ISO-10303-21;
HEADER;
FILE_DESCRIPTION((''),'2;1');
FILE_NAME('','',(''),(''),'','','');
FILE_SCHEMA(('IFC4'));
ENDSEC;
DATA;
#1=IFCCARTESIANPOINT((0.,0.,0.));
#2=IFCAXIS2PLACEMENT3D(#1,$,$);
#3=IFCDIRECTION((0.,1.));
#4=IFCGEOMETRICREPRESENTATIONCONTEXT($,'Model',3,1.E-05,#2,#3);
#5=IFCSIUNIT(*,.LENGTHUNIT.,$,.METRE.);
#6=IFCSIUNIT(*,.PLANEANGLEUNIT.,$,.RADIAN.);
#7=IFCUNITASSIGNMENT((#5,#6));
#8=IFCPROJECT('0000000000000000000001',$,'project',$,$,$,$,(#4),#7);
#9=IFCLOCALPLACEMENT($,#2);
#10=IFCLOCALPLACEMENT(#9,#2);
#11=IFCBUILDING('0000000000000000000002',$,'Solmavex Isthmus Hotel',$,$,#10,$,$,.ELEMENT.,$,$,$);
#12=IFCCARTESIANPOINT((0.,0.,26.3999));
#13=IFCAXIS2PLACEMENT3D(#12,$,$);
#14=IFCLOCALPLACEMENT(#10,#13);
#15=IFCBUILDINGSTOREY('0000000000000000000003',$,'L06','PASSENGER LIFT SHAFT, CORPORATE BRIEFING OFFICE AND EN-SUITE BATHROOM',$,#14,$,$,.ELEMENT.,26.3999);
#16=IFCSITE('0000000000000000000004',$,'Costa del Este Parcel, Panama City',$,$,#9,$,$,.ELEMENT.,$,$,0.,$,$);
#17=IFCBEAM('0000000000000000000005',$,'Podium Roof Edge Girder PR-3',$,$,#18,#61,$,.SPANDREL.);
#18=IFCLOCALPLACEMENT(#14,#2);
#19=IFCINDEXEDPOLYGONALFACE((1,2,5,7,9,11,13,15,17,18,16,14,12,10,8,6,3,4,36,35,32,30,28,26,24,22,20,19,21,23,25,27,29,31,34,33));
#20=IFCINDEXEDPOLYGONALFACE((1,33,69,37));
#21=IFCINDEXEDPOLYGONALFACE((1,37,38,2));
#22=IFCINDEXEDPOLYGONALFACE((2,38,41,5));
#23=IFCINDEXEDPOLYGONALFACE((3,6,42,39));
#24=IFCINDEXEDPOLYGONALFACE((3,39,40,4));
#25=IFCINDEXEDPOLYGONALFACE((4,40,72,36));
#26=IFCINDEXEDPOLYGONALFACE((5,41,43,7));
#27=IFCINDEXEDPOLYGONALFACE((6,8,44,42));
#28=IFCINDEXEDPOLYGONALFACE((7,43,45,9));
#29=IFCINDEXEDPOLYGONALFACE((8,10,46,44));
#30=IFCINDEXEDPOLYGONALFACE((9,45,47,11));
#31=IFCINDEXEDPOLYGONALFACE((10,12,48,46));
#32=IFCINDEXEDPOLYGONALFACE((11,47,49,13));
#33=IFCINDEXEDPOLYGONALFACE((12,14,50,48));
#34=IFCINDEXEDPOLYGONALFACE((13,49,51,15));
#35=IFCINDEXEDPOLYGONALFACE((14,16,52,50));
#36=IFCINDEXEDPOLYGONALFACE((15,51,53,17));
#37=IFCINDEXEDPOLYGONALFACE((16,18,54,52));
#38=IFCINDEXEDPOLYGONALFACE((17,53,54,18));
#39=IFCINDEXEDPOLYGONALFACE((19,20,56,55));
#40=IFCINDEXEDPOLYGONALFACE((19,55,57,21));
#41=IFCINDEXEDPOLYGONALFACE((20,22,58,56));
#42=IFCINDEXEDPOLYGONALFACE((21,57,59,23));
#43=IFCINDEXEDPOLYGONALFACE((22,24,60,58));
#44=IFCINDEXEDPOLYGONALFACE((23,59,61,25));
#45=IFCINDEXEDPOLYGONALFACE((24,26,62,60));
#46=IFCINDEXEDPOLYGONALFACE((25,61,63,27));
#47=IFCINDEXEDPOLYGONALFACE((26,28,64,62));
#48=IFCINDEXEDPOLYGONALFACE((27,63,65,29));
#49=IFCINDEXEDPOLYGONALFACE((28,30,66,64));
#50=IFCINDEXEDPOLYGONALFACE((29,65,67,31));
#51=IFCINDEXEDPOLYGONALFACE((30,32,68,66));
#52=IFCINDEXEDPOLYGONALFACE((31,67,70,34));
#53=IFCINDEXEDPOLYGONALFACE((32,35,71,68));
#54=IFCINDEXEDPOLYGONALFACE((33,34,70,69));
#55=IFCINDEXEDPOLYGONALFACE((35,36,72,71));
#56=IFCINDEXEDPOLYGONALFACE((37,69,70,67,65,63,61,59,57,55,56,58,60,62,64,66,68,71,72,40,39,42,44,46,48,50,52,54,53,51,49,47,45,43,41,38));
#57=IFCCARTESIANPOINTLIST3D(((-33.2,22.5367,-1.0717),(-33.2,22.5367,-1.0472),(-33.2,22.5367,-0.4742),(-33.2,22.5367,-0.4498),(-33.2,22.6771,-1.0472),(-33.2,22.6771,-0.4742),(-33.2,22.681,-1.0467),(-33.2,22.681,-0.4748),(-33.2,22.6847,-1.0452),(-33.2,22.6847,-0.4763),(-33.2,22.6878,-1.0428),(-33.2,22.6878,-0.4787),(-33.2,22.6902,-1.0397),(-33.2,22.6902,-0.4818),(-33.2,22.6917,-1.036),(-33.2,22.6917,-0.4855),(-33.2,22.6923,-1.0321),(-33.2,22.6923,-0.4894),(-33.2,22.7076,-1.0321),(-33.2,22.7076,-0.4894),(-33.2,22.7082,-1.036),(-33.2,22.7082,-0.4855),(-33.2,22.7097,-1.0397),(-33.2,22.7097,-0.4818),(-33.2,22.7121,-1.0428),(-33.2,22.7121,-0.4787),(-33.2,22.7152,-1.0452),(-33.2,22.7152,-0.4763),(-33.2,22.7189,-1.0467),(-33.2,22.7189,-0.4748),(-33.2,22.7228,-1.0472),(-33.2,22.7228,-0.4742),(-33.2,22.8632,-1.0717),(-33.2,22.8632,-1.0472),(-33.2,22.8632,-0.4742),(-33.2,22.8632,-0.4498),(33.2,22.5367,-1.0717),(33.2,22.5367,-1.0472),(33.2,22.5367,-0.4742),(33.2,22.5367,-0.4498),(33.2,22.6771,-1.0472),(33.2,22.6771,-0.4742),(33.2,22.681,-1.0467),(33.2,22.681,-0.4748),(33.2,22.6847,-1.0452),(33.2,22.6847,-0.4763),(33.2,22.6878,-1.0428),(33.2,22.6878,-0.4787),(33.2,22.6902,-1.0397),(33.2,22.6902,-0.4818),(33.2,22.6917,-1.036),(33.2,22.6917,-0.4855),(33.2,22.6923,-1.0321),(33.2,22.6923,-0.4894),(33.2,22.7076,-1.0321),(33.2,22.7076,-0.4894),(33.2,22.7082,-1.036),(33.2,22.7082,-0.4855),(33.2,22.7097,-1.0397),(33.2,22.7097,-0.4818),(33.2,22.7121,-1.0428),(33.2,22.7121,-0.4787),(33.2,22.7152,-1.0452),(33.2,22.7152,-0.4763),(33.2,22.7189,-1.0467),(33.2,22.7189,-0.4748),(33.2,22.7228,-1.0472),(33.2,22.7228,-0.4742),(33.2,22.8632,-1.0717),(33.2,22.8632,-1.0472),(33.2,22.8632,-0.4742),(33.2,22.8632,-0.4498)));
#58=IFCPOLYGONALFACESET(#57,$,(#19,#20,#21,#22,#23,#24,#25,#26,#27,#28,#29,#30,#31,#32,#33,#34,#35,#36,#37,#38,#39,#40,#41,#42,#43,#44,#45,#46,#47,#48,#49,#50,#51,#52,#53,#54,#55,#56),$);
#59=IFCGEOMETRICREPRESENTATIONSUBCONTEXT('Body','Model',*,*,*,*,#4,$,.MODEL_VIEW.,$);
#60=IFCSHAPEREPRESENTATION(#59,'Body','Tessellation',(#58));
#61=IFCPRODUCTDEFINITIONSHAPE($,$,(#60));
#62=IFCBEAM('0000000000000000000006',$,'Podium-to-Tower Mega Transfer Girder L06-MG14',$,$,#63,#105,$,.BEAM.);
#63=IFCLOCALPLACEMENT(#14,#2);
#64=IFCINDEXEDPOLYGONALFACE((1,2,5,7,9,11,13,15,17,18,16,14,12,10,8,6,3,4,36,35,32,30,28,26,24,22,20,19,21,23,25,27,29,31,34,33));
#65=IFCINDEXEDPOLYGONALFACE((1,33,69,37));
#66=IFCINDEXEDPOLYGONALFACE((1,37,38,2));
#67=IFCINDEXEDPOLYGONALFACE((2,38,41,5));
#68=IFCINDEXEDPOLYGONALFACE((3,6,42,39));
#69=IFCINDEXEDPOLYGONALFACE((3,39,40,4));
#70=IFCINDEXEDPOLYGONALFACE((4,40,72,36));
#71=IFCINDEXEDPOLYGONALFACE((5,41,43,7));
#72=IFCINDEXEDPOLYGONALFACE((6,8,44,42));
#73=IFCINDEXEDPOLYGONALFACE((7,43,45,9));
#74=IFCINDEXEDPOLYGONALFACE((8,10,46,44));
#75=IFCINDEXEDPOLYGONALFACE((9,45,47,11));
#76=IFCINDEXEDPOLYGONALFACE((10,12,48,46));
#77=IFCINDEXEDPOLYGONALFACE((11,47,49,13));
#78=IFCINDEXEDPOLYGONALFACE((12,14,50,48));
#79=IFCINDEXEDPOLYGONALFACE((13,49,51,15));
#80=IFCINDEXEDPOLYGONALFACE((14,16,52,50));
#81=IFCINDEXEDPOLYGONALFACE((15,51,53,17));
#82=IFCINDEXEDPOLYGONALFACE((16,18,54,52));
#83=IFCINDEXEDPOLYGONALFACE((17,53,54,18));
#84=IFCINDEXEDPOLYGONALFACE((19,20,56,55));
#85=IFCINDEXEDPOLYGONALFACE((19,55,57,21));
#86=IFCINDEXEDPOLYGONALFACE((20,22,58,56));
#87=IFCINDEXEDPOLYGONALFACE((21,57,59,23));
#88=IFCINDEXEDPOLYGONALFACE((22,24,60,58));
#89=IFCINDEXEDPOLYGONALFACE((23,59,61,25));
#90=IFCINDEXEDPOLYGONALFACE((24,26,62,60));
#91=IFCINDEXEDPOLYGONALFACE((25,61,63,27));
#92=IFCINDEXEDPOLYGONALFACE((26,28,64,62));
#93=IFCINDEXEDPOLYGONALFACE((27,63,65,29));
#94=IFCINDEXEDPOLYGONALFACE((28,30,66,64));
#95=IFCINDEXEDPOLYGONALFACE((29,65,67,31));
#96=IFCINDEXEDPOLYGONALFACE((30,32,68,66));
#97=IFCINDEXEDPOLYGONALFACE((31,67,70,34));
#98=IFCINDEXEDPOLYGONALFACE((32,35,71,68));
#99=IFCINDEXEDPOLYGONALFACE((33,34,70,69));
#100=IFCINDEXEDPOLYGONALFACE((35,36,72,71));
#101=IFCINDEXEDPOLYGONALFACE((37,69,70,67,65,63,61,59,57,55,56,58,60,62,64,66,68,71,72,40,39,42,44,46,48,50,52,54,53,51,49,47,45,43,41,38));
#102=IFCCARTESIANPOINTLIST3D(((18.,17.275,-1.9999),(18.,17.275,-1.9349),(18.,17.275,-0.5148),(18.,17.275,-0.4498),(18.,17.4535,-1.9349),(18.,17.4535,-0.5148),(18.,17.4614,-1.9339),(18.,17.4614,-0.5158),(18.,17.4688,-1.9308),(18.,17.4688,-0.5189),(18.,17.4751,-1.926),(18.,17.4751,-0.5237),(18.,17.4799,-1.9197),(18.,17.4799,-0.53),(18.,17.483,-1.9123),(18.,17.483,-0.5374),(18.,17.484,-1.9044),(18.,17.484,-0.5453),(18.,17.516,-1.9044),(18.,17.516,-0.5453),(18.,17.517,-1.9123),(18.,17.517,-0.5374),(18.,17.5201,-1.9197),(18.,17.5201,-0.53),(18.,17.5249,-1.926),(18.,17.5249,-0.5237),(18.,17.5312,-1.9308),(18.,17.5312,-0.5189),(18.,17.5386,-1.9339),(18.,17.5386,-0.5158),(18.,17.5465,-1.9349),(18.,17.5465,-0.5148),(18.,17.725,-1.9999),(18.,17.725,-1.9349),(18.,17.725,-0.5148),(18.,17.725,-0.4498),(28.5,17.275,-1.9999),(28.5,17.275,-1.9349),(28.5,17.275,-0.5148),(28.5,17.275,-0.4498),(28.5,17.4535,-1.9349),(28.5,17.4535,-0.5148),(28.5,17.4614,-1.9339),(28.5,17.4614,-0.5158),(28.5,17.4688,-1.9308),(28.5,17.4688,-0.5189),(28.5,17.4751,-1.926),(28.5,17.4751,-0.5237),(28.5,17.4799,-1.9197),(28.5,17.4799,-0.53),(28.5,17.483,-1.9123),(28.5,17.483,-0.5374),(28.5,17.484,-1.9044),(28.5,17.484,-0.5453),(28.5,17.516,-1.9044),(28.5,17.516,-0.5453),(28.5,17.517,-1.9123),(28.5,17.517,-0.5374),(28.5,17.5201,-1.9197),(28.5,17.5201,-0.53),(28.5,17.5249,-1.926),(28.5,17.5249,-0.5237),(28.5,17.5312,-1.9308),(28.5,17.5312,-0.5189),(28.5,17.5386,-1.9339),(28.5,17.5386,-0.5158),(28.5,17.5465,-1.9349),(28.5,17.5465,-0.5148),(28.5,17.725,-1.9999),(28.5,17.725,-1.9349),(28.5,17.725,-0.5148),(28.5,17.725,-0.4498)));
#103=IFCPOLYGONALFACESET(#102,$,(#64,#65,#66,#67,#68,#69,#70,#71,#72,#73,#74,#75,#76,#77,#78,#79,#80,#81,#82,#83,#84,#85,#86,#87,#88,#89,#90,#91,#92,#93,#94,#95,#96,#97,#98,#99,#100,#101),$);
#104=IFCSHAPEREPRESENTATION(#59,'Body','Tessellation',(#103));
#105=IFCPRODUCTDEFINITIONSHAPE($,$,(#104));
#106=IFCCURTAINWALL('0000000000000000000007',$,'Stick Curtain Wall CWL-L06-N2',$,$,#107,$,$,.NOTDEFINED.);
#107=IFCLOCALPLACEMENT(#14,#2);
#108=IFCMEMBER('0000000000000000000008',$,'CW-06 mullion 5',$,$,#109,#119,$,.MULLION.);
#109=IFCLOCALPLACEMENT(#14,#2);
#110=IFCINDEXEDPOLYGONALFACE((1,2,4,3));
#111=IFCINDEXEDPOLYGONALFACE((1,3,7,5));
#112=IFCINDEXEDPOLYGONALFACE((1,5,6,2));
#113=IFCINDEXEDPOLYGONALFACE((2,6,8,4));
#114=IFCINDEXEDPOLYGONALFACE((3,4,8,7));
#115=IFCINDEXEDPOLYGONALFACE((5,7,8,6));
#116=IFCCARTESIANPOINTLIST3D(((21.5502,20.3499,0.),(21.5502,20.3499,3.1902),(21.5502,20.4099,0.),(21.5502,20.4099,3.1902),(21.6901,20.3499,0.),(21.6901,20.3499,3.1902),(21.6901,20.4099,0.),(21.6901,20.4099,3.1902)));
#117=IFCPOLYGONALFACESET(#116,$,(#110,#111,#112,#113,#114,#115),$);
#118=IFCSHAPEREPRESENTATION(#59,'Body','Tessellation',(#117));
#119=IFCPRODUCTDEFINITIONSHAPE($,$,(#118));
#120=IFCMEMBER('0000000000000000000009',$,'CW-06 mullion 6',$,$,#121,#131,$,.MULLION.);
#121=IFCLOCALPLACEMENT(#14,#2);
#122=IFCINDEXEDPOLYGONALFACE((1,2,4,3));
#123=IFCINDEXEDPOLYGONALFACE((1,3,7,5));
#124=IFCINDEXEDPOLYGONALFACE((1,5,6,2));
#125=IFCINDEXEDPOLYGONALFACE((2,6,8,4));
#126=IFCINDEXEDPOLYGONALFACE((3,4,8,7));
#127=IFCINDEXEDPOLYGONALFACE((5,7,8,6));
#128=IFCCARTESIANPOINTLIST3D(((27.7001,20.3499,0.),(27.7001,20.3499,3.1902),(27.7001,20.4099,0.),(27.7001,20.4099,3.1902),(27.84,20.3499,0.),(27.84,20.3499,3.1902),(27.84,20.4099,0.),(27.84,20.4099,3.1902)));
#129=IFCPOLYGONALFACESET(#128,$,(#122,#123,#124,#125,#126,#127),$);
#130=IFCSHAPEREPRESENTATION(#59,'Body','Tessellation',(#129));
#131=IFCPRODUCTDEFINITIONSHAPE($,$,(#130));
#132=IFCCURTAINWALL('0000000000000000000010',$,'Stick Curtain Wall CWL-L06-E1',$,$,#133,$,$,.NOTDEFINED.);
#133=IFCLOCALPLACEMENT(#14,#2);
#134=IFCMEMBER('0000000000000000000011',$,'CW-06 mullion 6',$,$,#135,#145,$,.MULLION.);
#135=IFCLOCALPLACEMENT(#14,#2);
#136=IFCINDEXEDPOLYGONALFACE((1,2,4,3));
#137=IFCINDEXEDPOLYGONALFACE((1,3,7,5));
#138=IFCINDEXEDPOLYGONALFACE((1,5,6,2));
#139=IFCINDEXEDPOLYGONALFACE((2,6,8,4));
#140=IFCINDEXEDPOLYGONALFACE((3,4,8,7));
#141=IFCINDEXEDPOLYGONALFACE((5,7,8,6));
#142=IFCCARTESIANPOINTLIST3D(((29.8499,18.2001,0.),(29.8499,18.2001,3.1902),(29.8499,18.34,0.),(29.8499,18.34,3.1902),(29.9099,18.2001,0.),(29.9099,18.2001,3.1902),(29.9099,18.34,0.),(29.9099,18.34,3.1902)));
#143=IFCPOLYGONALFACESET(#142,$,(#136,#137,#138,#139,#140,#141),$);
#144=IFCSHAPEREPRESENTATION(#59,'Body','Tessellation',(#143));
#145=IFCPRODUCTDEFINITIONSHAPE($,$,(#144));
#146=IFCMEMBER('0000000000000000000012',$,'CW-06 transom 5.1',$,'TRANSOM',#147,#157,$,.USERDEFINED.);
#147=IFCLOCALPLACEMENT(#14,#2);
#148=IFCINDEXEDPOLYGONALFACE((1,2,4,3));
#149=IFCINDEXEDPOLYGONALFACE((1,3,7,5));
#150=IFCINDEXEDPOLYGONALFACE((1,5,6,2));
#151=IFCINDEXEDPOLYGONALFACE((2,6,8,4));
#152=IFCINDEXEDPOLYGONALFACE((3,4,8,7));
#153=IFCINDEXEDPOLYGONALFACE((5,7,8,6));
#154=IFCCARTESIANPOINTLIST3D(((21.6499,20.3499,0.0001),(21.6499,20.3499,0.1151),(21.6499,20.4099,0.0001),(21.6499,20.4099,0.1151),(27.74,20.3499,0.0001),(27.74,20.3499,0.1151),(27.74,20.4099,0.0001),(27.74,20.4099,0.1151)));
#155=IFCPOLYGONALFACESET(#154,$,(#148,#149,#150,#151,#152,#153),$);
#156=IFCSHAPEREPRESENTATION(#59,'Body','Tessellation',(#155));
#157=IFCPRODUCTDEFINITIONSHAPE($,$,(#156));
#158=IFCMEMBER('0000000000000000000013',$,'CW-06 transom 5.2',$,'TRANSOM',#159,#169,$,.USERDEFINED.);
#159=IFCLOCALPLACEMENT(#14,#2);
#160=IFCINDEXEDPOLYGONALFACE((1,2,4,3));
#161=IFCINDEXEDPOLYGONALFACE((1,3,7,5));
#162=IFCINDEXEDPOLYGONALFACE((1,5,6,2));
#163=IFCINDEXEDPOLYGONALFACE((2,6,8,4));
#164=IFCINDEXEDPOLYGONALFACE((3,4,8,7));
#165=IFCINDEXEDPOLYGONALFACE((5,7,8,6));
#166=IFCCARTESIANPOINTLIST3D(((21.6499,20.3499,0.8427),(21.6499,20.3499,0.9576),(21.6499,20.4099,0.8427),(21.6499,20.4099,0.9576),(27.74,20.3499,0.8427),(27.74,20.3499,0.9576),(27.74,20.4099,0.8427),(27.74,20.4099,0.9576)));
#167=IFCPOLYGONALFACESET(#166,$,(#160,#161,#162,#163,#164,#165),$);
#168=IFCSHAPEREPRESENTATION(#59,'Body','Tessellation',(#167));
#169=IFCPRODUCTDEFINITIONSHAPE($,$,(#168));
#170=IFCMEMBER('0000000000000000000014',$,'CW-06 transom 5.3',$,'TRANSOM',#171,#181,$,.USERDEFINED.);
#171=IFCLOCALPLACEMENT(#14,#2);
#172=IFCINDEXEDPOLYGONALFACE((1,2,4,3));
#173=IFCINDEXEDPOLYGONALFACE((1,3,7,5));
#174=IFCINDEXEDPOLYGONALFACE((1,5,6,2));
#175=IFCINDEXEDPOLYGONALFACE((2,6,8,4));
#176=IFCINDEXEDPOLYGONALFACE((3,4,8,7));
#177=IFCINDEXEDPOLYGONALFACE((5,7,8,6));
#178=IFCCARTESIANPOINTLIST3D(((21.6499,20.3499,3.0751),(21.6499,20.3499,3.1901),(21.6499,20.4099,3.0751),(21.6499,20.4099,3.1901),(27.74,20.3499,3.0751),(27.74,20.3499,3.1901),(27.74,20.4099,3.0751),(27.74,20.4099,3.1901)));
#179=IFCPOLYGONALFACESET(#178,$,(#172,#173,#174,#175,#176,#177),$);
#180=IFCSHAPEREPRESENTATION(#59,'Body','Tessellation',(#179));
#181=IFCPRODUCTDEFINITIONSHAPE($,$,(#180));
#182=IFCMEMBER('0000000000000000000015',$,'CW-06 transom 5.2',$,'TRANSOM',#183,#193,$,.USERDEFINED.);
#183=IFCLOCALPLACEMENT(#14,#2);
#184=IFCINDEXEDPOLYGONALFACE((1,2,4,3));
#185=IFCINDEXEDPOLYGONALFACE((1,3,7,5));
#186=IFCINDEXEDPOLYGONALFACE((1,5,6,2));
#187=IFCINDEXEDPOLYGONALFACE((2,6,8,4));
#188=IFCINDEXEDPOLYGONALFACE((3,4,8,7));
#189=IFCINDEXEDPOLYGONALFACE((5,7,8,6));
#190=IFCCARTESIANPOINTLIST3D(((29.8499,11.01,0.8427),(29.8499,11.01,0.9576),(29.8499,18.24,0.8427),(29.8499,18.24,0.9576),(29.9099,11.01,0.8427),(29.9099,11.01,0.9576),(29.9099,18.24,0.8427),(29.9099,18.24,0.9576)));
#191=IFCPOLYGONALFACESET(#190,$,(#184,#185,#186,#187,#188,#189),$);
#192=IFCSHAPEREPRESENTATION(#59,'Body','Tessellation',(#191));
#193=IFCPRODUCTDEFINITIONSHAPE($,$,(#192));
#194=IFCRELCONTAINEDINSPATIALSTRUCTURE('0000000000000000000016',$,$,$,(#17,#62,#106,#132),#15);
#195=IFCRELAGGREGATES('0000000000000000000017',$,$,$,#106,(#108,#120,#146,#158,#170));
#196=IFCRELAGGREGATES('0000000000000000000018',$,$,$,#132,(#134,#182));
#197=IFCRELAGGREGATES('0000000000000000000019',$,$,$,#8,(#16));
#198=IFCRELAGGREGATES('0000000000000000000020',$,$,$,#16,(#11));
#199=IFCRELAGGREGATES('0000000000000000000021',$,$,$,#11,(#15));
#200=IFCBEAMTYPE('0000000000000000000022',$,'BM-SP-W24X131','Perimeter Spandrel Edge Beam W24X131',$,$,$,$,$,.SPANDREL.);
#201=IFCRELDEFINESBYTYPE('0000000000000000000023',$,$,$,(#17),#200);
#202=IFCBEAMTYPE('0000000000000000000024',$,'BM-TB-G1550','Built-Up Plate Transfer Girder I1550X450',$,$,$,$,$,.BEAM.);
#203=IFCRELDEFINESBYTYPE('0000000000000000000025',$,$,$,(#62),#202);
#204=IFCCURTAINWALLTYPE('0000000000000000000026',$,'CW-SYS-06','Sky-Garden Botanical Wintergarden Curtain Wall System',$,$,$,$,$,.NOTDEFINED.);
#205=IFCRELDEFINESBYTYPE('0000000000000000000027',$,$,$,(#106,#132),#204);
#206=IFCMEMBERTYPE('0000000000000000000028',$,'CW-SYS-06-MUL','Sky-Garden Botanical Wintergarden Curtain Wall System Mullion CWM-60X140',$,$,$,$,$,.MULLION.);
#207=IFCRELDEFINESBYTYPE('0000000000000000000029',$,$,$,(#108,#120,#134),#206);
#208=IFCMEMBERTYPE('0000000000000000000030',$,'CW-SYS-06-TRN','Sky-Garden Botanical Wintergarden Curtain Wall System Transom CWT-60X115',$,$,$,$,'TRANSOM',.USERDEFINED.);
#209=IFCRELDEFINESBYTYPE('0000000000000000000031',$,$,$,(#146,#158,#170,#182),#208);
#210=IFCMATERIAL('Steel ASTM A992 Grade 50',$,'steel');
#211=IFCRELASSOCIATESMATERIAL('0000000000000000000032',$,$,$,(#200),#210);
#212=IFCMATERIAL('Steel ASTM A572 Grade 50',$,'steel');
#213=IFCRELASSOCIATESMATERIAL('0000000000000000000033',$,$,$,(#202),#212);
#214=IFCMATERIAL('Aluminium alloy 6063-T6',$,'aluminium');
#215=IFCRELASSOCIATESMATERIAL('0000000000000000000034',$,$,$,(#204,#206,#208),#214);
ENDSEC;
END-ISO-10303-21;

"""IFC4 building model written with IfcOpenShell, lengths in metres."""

from ifc_helpers import new_model, si_unit, direction, frame, origin, origin_2d, place, context, subcontext, project, spatial, rectangle, i_section, extrude, material, material_profile, profile_set, type_object, element, aggregate, save


model = new_model("IFC4")

# Units and contexts
model_context = context("Model", 3, precision=1e-05, world=origin(), true_north=direction((0.0, 1.0)))
body_context = subcontext(model_context, "Body", "Model", "MODEL_VIEW")
ifc_project = project(units=[si_unit("LENGTHUNIT", "METRE"), si_unit("PLANEANGLEUNIT", "RADIAN")], contexts=[model_context])

# Site, building, storey
site_placement = place(None, origin())
site = spatial("IfcSite", under=ifc_project, at=site_placement, Name="Costa del Este Parcel, Panama City", CompositionType="ELEMENT", RefElevation=0.0)
building_placement = place(site_placement, origin())
building = spatial("IfcBuilding", under=site, at=building_placement, Name="Solmavex Isthmus Hotel", CompositionType="ELEMENT")
storey_placement = place(building_placement, frame((0.0, 0.0, 26.3999)))
storey = spatial("IfcBuildingStorey", under=building, at=storey_placement, Name="L06", Description="PASSENGER LIFT SHAFT, CORPORATE BRIEFING OFFICE AND EN-SUITE BATHROOM", CompositionType="ELEMENT", Elevation=26.3999)

# Beams
ifc_material_1 = material(Name="Steel ASTM A992 Grade 50", Category="steel")
ifc_material_profile_1 = material_profile(ifc_material_1, i_section(OverallWidth=0.3264, OverallDepth=0.6218, WebThickness=0.0154, FlangeThickness=0.0244, FilletRadius=0.0151, at=origin_2d()), Name="W24X131")
ifc_profile_set_1 = profile_set([ifc_material_profile_1], Name="Steel ASTM A992 Grade 50")
beam_type_1 = type_object("IfcBeamType", Name="BM-SP-W24X131", Description="Perimeter Spandrel Edge Beam W24X131", PredefinedType="SPANDREL", material=ifc_profile_set_1)
beam_1_placement = place(storey_placement, frame((33.2, 22.7, -0.7607), z_axis=(-1.0, 0.0, 0.0), x_axis=(0.0, -1.0, 0.0)))
element("IfcBeam", 1, at=beam_1_placement, inside=storey, type_object=beam_type_1, Name="Podium Roof Edge Girder PR-3", PredefinedType="SPANDREL", context=body_context, shape_type="SweptSolid", body=[
    extrude(i_section(OverallWidth=0.3264, OverallDepth=0.6218, WebThickness=0.0154, FlangeThickness=0.0244, FilletRadius=0.0151, at=origin_2d()), origin(), (0.0, 0.0, 1.0), 66.3999),
])
ifc_material_2 = material(Name="Steel ASTM A572 Grade 50", Category="steel")
ifc_material_profile_2 = material_profile(ifc_material_2, i_section(OverallWidth=0.45, OverallDepth=1.55, WebThickness=0.032, FlangeThickness=0.0649, FilletRadius=0.0305, at=origin_2d()), Name="I1550X450")
ifc_profile_set_2 = profile_set([ifc_material_profile_2], Name="Steel ASTM A572 Grade 50")
beam_type_2 = type_object("IfcBeamType", Name="BM-TB-G1550", Description="Built-Up Plate Transfer Girder I1550X450", PredefinedType="BEAM", material=ifc_profile_set_2)
beam_2_placement = place(storey_placement, frame((18.0, 17.5, -1.2249), z_axis=(1.0, 0.0, 0.0), x_axis=(0.0, 1.0, 0.0)))
element("IfcBeam", 2, at=beam_2_placement, inside=storey, type_object=beam_type_2, Name="Podium-to-Tower Mega Transfer Girder L06-MG14", PredefinedType="BEAM", context=body_context, shape_type="SweptSolid", body=[
    extrude(i_section(OverallWidth=0.45, OverallDepth=1.55, WebThickness=0.032, FlangeThickness=0.0649, FilletRadius=0.0305, at=origin_2d()), origin(), (0.0, 0.0, 1.0), 10.5),
])

# Curtain wall, members
ifc_material_3 = material(Name="Aluminium alloy 6063-T6", Category="aluminium")
curtain_wall_type = type_object("IfcCurtainWallType", Name="CW-SYS-06", Description="Sky-Garden Botanical Wintergarden Curtain Wall System", PredefinedType="NOTDEFINED", material=ifc_material_3)
curtain_wall_1_placement = place(storey_placement, origin())
curtain_wall_1 = element("IfcCurtainWall", 3, at=curtain_wall_1_placement, inside=storey, type_object=curtain_wall_type, Name="Stick Curtain Wall CWL-L06-N2", PredefinedType="NOTDEFINED")
ifc_material_profile_3 = material_profile(ifc_material_3, rectangle(XDim=0.0601, YDim=0.1399, at=origin_2d()), Name="CWM-60X140")
ifc_profile_set_3 = profile_set([ifc_material_profile_3], Name="Aluminium alloy 6063-T6")
member_type_1 = type_object("IfcMemberType", Name="CW-SYS-06-MUL", Description="Sky-Garden Botanical Wintergarden Curtain Wall System Mullion CWM-60X140", PredefinedType="MULLION", material=ifc_profile_set_3)
member_1_placement = place(storey_placement, frame((21.6201, 20.3799, 0.0), z_axis=(0.0, 0.0, 1.0), x_axis=(0.0, 1.0, 0.0)))
member_1 = element("IfcMember", 4, at=member_1_placement, type_object=member_type_1, Name="CW-06 mullion 5", PredefinedType="MULLION", context=body_context, shape_type="SweptSolid", body=[
    extrude(rectangle(XDim=0.0601, YDim=0.1399, at=origin_2d()), origin(), (0.0, 0.0, 1.0), 3.1902),
])
member_2_placement = place(storey_placement, frame((27.77, 20.3799, 0.0), z_axis=(0.0, 0.0, 1.0), x_axis=(0.0, 1.0, 0.0)))
member_2 = element("IfcMember", 5, at=member_2_placement, type_object=member_type_1, Name="CW-06 mullion 6", PredefinedType="MULLION", context=body_context, shape_type="SweptSolid", body=[
    extrude(rectangle(XDim=0.0601, YDim=0.1399, at=origin_2d()), origin(), (0.0, 0.0, 1.0), 3.1902),
])

# Curtain wall, member
curtain_wall_2_placement = place(storey_placement, origin())
curtain_wall_2 = element("IfcCurtainWall", 6, at=curtain_wall_2_placement, inside=storey, type_object=curtain_wall_type, Name="Stick Curtain Wall CWL-L06-E1", PredefinedType="NOTDEFINED")
member_3_placement = place(storey_placement, frame((29.8799, 18.27, 0.0), z_axis=(0.0, 0.0, 1.0), x_axis=(-1.0, 0.0, 0.0)))
member_3 = element("IfcMember", 7, at=member_3_placement, type_object=member_type_1, Name="CW-06 mullion 6", PredefinedType="MULLION", context=body_context, shape_type="SweptSolid", body=[
    extrude(rectangle(XDim=0.0601, YDim=0.1399, at=origin_2d()), origin(), (0.0, 0.0, 1.0), 3.1902),
])

# Members
ifc_material_profile_4 = material_profile(ifc_material_3, rectangle(XDim=0.0601, YDim=0.115, at=origin_2d()), Name="CWT-60X115")
ifc_profile_set_4 = profile_set([ifc_material_profile_4], Name="Aluminium alloy 6063-T6")
member_type_2 = type_object("IfcMemberType", Name="CW-SYS-06-TRN", Description="Sky-Garden Botanical Wintergarden Curtain Wall System Transom CWT-60X115", ElementType="TRANSOM", PredefinedType="USERDEFINED", material=ifc_profile_set_4)
member_4_placement = place(storey_placement, frame((21.6499, 20.3799, 0.0576), z_axis=(1.0, 0.0, 0.0), x_axis=(0.0, 1.0, 0.0)))
member_4 = element("IfcMember", 8, at=member_4_placement, type_object=member_type_2, Name="CW-06 transom 5.1", ObjectType="TRANSOM", PredefinedType="USERDEFINED", context=body_context, shape_type="SweptSolid", body=[
    extrude(rectangle(XDim=0.0601, YDim=0.115, at=origin_2d()), origin(), (0.0, 0.0, 1.0), 6.0901),
])
member_5_placement = place(storey_placement, frame((21.6499, 20.3799, 0.9001), z_axis=(1.0, 0.0, 0.0), x_axis=(0.0, 1.0, 0.0)))
member_5 = element("IfcMember", 9, at=member_5_placement, type_object=member_type_2, Name="CW-06 transom 5.2", ObjectType="TRANSOM", PredefinedType="USERDEFINED", context=body_context, shape_type="SweptSolid", body=[
    extrude(rectangle(XDim=0.0601, YDim=0.115, at=origin_2d()), origin(), (0.0, 0.0, 1.0), 6.0901),
])
member_6_placement = place(storey_placement, frame((21.6499, 20.3799, 3.1326), z_axis=(1.0, 0.0, 0.0), x_axis=(0.0, 1.0, 0.0)))
member_6 = element("IfcMember", 10, at=member_6_placement, type_object=member_type_2, Name="CW-06 transom 5.3", ObjectType="TRANSOM", PredefinedType="USERDEFINED", context=body_context, shape_type="SweptSolid", body=[
    extrude(rectangle(XDim=0.0601, YDim=0.115, at=origin_2d()), origin(), (0.0, 0.0, 1.0), 6.0901),
])
member_7_placement = place(storey_placement, frame((29.8799, 11.01, 0.9001), z_axis=(0.0, 1.0, 0.0), x_axis=(-1.0, 0.0, 0.0)))
member_7 = element("IfcMember", 11, at=member_7_placement, type_object=member_type_2, Name="CW-06 transom 5.2", ObjectType="TRANSOM", PredefinedType="USERDEFINED", context=body_context, shape_type="SweptSolid", body=[
    extrude(rectangle(XDim=0.0601, YDim=0.115, at=origin_2d()), origin(), (0.0, 0.0, 1.0), 7.23),
])

aggregate(curtain_wall_1, [member_1, member_2, member_4, member_5, member_6])
aggregate(curtain_wall_2, [member_3, member_7])

save(model, "model.ifc")
